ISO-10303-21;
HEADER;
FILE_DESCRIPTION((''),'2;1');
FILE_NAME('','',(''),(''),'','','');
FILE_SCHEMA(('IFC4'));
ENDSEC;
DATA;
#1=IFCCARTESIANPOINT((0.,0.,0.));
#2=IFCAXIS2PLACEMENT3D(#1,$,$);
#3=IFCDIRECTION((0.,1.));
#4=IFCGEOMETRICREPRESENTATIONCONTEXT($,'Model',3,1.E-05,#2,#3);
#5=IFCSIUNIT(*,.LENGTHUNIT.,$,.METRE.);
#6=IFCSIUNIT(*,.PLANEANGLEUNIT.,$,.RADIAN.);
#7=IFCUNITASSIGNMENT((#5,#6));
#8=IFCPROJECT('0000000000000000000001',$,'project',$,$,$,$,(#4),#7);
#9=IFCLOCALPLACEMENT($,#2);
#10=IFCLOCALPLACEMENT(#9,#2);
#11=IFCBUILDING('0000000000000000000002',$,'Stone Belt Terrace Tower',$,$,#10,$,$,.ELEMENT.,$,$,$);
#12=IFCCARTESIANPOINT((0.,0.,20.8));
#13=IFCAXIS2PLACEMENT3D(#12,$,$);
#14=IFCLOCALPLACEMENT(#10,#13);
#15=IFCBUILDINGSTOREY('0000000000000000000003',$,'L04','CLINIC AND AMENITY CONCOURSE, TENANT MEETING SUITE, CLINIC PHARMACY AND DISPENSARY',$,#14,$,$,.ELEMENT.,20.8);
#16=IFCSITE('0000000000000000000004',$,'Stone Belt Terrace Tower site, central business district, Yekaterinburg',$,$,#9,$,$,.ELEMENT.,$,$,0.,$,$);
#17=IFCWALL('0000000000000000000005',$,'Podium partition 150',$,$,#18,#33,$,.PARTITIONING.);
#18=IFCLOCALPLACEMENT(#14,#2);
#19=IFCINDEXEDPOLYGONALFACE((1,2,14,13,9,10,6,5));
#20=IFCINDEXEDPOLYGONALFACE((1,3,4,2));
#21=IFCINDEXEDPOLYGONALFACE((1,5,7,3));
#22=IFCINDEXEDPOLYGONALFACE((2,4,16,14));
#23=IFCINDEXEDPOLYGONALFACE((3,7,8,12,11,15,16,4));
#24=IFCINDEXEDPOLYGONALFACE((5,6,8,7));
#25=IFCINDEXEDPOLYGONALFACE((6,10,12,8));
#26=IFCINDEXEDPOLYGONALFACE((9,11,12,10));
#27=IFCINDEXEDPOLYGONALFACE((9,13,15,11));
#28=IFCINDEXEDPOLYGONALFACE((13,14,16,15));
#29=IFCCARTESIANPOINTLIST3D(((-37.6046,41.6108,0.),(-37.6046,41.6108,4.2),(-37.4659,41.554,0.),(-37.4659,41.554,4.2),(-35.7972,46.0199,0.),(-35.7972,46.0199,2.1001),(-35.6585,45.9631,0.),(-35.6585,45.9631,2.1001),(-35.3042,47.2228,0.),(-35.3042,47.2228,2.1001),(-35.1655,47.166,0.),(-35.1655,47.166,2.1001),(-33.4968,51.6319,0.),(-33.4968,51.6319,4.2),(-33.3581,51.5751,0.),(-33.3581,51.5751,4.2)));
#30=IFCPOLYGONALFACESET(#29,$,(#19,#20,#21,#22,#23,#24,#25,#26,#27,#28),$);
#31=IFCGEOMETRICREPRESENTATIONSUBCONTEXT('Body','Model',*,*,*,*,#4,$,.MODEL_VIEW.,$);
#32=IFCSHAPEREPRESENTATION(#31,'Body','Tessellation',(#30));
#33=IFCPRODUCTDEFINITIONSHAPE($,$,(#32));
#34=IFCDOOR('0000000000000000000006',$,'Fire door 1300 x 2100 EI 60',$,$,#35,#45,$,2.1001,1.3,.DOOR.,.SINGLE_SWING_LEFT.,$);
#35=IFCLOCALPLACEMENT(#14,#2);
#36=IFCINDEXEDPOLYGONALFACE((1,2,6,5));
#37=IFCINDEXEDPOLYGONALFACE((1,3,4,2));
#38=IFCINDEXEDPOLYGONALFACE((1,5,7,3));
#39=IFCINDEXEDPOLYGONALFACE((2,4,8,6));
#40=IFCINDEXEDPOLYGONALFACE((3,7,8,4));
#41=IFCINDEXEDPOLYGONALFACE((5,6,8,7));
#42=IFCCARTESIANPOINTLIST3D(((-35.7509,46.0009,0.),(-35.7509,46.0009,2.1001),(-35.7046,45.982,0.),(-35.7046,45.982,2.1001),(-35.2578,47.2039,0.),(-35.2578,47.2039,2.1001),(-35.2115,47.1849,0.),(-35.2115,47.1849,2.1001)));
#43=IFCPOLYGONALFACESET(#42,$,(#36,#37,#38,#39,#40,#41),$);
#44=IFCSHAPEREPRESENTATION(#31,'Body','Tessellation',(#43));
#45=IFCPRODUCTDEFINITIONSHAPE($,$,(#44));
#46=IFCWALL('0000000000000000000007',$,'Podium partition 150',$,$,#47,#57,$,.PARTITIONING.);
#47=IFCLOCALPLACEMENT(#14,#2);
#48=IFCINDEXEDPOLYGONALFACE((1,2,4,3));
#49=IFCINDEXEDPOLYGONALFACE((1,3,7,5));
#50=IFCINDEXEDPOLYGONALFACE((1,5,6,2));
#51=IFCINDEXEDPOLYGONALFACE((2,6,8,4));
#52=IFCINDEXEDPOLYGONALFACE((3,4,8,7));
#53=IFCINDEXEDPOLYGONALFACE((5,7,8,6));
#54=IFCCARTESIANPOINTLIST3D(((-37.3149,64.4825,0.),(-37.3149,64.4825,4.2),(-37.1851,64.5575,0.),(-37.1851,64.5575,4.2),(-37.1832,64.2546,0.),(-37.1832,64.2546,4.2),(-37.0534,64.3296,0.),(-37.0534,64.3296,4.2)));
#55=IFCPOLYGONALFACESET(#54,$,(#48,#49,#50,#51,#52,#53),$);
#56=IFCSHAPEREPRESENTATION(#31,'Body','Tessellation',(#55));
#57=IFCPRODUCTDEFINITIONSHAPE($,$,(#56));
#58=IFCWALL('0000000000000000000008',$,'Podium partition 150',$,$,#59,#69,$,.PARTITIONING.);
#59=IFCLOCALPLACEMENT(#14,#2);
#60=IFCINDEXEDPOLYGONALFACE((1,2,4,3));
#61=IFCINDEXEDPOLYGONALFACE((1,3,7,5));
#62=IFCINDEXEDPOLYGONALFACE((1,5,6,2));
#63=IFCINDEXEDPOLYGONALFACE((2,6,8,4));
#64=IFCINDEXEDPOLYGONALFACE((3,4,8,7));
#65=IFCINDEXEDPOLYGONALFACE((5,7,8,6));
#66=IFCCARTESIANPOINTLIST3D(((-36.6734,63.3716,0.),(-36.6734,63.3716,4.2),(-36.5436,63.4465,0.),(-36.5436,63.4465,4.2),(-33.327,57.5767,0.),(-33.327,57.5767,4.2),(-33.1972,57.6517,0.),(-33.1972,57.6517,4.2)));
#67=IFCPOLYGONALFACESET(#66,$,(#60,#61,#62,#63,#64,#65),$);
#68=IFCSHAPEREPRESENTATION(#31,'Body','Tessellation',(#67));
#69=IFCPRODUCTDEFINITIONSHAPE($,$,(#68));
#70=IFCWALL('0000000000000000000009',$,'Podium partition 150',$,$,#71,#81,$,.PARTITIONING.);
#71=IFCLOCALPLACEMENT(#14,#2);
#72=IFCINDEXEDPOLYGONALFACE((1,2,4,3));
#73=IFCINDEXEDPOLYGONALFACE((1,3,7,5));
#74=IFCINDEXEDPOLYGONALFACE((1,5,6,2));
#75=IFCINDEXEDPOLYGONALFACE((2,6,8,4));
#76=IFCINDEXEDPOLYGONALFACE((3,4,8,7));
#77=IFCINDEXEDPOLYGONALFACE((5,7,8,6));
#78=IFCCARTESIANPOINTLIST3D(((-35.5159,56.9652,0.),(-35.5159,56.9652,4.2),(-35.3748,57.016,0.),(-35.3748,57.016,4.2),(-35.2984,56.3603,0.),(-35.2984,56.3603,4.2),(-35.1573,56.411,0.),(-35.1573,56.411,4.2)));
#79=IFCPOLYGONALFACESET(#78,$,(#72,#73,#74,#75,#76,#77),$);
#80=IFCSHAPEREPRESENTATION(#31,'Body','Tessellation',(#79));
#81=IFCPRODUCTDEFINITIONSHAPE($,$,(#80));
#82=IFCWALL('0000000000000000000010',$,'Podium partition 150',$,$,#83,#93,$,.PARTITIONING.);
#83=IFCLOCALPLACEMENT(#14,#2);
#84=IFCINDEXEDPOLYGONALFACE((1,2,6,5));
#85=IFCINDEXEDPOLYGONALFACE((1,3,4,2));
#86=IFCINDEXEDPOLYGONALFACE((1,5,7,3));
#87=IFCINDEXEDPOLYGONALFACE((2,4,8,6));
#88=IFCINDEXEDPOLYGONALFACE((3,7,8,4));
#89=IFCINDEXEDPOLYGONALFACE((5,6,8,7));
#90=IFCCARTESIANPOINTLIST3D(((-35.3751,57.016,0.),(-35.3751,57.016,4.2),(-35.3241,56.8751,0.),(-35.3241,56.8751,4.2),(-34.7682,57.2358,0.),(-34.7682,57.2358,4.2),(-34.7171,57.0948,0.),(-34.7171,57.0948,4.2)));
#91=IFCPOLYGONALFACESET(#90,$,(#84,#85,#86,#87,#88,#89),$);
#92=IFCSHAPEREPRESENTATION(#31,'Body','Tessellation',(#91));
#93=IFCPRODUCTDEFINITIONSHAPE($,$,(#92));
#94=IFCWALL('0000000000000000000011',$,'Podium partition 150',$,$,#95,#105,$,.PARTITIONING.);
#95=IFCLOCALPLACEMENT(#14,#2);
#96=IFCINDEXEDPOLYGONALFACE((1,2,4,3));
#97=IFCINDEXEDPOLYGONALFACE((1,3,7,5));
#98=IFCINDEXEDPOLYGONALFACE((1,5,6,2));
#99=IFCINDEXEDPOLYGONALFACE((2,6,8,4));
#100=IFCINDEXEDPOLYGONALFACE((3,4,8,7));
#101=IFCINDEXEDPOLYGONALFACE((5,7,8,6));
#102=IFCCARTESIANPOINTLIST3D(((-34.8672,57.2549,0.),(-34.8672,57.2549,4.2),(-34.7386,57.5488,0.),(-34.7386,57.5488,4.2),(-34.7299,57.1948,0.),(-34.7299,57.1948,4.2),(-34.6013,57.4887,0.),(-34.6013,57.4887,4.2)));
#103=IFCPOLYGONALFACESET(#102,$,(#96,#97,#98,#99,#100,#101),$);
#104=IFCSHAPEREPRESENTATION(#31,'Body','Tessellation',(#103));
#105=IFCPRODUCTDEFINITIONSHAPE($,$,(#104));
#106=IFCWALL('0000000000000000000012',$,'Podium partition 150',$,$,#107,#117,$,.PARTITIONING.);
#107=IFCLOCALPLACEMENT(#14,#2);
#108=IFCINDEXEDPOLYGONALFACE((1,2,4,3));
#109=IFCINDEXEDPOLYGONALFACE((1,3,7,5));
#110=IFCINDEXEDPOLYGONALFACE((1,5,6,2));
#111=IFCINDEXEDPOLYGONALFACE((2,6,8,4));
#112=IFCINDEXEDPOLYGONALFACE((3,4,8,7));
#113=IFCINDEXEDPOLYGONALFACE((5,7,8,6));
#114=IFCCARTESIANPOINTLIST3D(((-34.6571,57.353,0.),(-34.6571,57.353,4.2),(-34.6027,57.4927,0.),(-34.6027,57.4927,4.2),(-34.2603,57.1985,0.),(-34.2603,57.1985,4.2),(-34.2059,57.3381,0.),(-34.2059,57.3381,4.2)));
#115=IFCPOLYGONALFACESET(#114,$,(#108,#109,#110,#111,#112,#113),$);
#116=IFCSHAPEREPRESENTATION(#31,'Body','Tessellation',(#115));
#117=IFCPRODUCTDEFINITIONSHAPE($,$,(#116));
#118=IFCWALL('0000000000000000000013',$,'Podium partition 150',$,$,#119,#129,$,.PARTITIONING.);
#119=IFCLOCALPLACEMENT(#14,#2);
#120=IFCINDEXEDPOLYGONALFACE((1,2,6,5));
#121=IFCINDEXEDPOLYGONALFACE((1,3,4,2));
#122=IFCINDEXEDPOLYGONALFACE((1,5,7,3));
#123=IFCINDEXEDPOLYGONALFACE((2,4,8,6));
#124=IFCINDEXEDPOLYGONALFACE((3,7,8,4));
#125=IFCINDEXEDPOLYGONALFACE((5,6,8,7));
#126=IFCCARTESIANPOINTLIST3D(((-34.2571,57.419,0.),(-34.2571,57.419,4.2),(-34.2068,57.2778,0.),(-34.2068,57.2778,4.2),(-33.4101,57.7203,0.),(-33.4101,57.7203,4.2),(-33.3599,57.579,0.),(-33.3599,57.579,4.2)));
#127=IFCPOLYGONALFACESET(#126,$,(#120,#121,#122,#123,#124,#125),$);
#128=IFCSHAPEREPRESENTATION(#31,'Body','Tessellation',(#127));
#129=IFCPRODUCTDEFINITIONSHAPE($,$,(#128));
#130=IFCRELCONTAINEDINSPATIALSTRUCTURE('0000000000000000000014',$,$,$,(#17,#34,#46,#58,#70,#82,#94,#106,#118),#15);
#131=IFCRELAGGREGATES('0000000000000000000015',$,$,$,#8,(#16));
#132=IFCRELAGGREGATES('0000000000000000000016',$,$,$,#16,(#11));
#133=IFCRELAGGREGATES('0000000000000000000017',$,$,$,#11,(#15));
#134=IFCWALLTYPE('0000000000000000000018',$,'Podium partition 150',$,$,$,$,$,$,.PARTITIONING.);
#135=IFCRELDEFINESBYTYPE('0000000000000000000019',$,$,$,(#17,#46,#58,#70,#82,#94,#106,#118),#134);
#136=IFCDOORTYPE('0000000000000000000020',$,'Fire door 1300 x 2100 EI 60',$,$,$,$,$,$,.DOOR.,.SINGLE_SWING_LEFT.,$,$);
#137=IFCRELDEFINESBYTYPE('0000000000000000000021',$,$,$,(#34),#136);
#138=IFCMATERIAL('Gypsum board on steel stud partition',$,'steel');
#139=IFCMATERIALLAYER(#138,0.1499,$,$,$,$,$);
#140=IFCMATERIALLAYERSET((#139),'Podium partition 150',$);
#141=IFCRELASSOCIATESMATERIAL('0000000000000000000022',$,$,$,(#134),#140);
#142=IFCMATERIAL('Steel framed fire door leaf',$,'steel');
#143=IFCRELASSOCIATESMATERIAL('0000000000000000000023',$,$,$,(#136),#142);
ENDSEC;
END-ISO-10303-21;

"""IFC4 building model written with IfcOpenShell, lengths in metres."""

from ifc_helpers import new_model, si_unit, direction, frame, frame_2d, origin, place, context, subcontext, project, spatial, rectangle, extrude, material, layer, layer_set, type_object, element, fill, save


model = new_model("IFC4")

# Units and contexts
model_context = context("Model", 3, precision=1e-05, world=origin(), true_north=direction((0.0, 1.0)))
body_context = subcontext(model_context, "Body", "Model", "MODEL_VIEW")
ifc_project = project(units=[si_unit("LENGTHUNIT", "METRE"), si_unit("PLANEANGLEUNIT", "RADIAN")], contexts=[model_context])

# Site, building, storey
site_placement = place(None, origin())
site = spatial("IfcSite", under=ifc_project, at=site_placement, Name="Stone Belt Terrace Tower site, central business district, Yekaterinburg", CompositionType="ELEMENT", RefElevation=0.0)
building_placement = place(site_placement, origin())
building = spatial("IfcBuilding", under=site, at=building_placement, Name="Stone Belt Terrace Tower", CompositionType="ELEMENT")
storey_placement = place(building_placement, frame((0.0, 0.0, 20.8)))
storey = spatial("IfcBuildingStorey", under=building, at=storey_placement, Name="L04", Description="CLINIC AND AMENITY CONCOURSE, TENANT MEETING SUITE, CLINIC PHARMACY AND DISPENSARY", CompositionType="ELEMENT", Elevation=20.8)

# Wall, opening, door
ifc_material_1 = material(Name="Gypsum board on steel stud partition", Category="steel")
ifc_layer_1 = layer(ifc_material_1, 0.1499)
ifc_layer_set_1 = layer_set([ifc_layer_1], Name="Podium partition 150")
wall_type = type_object("IfcWallType", Name="Podium partition 150", PredefinedType="PARTITIONING", material=ifc_layer_set_1)
wall_1_placement = place(storey_placement, frame((-37.5352, 41.5825, 0.0), z_axis=(0.0, 0.0, 1.0), x_axis=(0.379279, 0.925282, 0.0)))
wall_1 = element("IfcWall", 1, at=wall_1_placement, inside=storey, type_object=wall_type, Name="Podium partition 150", PredefinedType="PARTITIONING", context=body_context, shape_type="SweptSolid", body=[
    extrude(rectangle(XDim=10.8303, YDim=0.1499, at=frame_2d((5.415, 0.0))), origin(), (0.0, 0.0, 1.0), 4.2),
])
opening_placement = place(wall_1_placement, frame((4.7651, 0.0, 0.0)))
opening = element("IfcOpeningElement", 2, at=opening_placement, cuts=wall_1, PredefinedType="OPENING", context=body_context, shape_type="SweptSolid", body=[
    extrude(rectangle(XDim=1.3, YDim=2.1001, at=frame_2d((0.6499, 1.05))), frame((0.0, 0.085, 0.0), z_axis=(0.0, -1.0, 0.0), x_axis=(1.0, 0.0, 0.0)), (0.0, 0.0, 1.0), 0.1699),
])
ifc_material_2 = material(Name="Steel framed fire door leaf", Category="steel")
door_type = type_object("IfcDoorType", Name="Fire door 1300 x 2100 EI 60", OperationType="SINGLE_SWING_LEFT", PredefinedType="DOOR", material=ifc_material_2)
door_placement = place(opening_placement, origin())
door = element("IfcDoor", 3, at=door_placement, inside=storey, type_object=door_type, Name="Fire door 1300 x 2100 EI 60", OperationType="SINGLE_SWING_LEFT", OverallHeight=2.1001, OverallWidth=1.3, PredefinedType="DOOR", context=body_context, shape_type="SweptSolid", body=[
    extrude(rectangle(XDim=1.3, YDim=2.1001, at=frame_2d((0.6499, 1.05))), frame((0.0, 0.0249, 0.0), z_axis=(0.0, -1.0, 0.0), x_axis=(1.0, 0.0, 0.0)), (0.0, 0.0, 1.0), 0.05),
])
fill(opening, door)

# Walls
wall_2_placement = place(storey_placement, frame((-37.25, 64.52, 0.0), z_axis=(0.0, 0.0, 1.0), x_axis=(0.500231, -0.865892, 0.0)))
element("IfcWall", 4, at=wall_2_placement, inside=storey, type_object=wall_type, Name="Podium partition 150", PredefinedType="PARTITIONING", context=body_context, shape_type="SweptSolid", body=[
    extrude(rectangle(XDim=0.2632, YDim=0.1499, at=frame_2d((0.1316, 0.0))), origin(), (0.0, 0.0, 1.0), 4.2),
])
wall_3_placement = place(storey_placement, frame((-36.6084, 63.4089, 0.0), z_axis=(0.0, 0.0, 1.0), x_axis=(0.500082, -0.865978, 0.0)))
element("IfcWall", 5, at=wall_3_placement, inside=storey, type_object=wall_type, Name="Podium partition 150", PredefinedType="PARTITIONING", context=body_context, shape_type="SweptSolid", body=[
    extrude(rectangle(XDim=6.6917, YDim=0.1499, at=frame_2d((3.3457, 0.0))), origin(), (0.0, 0.0, 1.0), 4.2),
])
wall_4_placement = place(storey_placement, frame((-35.4453, 56.9905, 0.0), z_axis=(0.0, 0.0, 1.0), x_axis=(0.338356, -0.941018, 0.0)))
element("IfcWall", 6, at=wall_4_placement, inside=storey, type_object=wall_type, Name="Podium partition 150", PredefinedType="PARTITIONING", context=body_context, shape_type="SweptSolid", body=[
    extrude(rectangle(XDim=0.6428, YDim=0.1499, at=frame_2d((0.3213, 0.0))), origin(), (0.0, 0.0, 1.0), 4.2),
])
wall_5_placement = place(storey_placement, frame((-35.3496, 56.9456, 0.0), z_axis=(0.0, 0.0, 1.0), x_axis=(0.940278, 0.340406, 0.0)))
element("IfcWall", 7, at=wall_5_placement, inside=storey, type_object=wall_type, Name="Podium partition 150", PredefinedType="PARTITIONING", context=body_context, shape_type="SweptSolid", body=[
    extrude(rectangle(XDim=0.6455, YDim=0.1499, at=frame_2d((0.3228, 0.0))), origin(), (0.0, 0.0, 1.0), 4.2),
])
wall_6_placement = place(storey_placement, frame((-34.7986, 57.2249, 0.0), z_axis=(0.0, 0.0, 1.0), x_axis=(0.400978, 0.916087, 0.0)))
element("IfcWall", 8, at=wall_6_placement, inside=storey, type_object=wall_type, Name="Podium partition 150", PredefinedType="PARTITIONING", context=body_context, shape_type="SweptSolid", body=[
    extrude(rectangle(XDim=0.3208, YDim=0.1499, at=frame_2d((0.1604, 0.0))), origin(), (0.0, 0.0, 1.0), 4.2),
])
wall_7_placement = place(storey_placement, frame((-34.6299, 57.4229, 0.0), z_axis=(0.0, 0.0, 1.0), x_axis=(0.9318, -0.362972, 0.0)))
element("IfcWall", 9, at=wall_7_placement, inside=storey, type_object=wall_type, Name="Podium partition 150", PredefinedType="PARTITIONING", context=body_context, shape_type="SweptSolid", body=[
    extrude(rectangle(XDim=0.4258, YDim=0.1499, at=frame_2d((0.2129, 0.0))), origin(), (0.0, 0.0, 1.0), 4.2),
])
wall_8_placement = place(storey_placement, frame((-34.2319, 57.3484, 0.0), z_axis=(0.0, 0.0, 1.0), x_axis=(0.942165, 0.335149, 0.0)))
element("IfcWall", 10, at=wall_8_placement, inside=storey, type_object=wall_type, Name="Podium partition 150", PredefinedType="PARTITIONING", context=body_context, shape_type="SweptSolid", body=[
    extrude(rectangle(XDim=0.8989, YDim=0.1499, at=frame_2d((0.4495, 0.0))), origin(), (0.0, 0.0, 1.0), 4.2),
])

save(model, "model.ifc")
